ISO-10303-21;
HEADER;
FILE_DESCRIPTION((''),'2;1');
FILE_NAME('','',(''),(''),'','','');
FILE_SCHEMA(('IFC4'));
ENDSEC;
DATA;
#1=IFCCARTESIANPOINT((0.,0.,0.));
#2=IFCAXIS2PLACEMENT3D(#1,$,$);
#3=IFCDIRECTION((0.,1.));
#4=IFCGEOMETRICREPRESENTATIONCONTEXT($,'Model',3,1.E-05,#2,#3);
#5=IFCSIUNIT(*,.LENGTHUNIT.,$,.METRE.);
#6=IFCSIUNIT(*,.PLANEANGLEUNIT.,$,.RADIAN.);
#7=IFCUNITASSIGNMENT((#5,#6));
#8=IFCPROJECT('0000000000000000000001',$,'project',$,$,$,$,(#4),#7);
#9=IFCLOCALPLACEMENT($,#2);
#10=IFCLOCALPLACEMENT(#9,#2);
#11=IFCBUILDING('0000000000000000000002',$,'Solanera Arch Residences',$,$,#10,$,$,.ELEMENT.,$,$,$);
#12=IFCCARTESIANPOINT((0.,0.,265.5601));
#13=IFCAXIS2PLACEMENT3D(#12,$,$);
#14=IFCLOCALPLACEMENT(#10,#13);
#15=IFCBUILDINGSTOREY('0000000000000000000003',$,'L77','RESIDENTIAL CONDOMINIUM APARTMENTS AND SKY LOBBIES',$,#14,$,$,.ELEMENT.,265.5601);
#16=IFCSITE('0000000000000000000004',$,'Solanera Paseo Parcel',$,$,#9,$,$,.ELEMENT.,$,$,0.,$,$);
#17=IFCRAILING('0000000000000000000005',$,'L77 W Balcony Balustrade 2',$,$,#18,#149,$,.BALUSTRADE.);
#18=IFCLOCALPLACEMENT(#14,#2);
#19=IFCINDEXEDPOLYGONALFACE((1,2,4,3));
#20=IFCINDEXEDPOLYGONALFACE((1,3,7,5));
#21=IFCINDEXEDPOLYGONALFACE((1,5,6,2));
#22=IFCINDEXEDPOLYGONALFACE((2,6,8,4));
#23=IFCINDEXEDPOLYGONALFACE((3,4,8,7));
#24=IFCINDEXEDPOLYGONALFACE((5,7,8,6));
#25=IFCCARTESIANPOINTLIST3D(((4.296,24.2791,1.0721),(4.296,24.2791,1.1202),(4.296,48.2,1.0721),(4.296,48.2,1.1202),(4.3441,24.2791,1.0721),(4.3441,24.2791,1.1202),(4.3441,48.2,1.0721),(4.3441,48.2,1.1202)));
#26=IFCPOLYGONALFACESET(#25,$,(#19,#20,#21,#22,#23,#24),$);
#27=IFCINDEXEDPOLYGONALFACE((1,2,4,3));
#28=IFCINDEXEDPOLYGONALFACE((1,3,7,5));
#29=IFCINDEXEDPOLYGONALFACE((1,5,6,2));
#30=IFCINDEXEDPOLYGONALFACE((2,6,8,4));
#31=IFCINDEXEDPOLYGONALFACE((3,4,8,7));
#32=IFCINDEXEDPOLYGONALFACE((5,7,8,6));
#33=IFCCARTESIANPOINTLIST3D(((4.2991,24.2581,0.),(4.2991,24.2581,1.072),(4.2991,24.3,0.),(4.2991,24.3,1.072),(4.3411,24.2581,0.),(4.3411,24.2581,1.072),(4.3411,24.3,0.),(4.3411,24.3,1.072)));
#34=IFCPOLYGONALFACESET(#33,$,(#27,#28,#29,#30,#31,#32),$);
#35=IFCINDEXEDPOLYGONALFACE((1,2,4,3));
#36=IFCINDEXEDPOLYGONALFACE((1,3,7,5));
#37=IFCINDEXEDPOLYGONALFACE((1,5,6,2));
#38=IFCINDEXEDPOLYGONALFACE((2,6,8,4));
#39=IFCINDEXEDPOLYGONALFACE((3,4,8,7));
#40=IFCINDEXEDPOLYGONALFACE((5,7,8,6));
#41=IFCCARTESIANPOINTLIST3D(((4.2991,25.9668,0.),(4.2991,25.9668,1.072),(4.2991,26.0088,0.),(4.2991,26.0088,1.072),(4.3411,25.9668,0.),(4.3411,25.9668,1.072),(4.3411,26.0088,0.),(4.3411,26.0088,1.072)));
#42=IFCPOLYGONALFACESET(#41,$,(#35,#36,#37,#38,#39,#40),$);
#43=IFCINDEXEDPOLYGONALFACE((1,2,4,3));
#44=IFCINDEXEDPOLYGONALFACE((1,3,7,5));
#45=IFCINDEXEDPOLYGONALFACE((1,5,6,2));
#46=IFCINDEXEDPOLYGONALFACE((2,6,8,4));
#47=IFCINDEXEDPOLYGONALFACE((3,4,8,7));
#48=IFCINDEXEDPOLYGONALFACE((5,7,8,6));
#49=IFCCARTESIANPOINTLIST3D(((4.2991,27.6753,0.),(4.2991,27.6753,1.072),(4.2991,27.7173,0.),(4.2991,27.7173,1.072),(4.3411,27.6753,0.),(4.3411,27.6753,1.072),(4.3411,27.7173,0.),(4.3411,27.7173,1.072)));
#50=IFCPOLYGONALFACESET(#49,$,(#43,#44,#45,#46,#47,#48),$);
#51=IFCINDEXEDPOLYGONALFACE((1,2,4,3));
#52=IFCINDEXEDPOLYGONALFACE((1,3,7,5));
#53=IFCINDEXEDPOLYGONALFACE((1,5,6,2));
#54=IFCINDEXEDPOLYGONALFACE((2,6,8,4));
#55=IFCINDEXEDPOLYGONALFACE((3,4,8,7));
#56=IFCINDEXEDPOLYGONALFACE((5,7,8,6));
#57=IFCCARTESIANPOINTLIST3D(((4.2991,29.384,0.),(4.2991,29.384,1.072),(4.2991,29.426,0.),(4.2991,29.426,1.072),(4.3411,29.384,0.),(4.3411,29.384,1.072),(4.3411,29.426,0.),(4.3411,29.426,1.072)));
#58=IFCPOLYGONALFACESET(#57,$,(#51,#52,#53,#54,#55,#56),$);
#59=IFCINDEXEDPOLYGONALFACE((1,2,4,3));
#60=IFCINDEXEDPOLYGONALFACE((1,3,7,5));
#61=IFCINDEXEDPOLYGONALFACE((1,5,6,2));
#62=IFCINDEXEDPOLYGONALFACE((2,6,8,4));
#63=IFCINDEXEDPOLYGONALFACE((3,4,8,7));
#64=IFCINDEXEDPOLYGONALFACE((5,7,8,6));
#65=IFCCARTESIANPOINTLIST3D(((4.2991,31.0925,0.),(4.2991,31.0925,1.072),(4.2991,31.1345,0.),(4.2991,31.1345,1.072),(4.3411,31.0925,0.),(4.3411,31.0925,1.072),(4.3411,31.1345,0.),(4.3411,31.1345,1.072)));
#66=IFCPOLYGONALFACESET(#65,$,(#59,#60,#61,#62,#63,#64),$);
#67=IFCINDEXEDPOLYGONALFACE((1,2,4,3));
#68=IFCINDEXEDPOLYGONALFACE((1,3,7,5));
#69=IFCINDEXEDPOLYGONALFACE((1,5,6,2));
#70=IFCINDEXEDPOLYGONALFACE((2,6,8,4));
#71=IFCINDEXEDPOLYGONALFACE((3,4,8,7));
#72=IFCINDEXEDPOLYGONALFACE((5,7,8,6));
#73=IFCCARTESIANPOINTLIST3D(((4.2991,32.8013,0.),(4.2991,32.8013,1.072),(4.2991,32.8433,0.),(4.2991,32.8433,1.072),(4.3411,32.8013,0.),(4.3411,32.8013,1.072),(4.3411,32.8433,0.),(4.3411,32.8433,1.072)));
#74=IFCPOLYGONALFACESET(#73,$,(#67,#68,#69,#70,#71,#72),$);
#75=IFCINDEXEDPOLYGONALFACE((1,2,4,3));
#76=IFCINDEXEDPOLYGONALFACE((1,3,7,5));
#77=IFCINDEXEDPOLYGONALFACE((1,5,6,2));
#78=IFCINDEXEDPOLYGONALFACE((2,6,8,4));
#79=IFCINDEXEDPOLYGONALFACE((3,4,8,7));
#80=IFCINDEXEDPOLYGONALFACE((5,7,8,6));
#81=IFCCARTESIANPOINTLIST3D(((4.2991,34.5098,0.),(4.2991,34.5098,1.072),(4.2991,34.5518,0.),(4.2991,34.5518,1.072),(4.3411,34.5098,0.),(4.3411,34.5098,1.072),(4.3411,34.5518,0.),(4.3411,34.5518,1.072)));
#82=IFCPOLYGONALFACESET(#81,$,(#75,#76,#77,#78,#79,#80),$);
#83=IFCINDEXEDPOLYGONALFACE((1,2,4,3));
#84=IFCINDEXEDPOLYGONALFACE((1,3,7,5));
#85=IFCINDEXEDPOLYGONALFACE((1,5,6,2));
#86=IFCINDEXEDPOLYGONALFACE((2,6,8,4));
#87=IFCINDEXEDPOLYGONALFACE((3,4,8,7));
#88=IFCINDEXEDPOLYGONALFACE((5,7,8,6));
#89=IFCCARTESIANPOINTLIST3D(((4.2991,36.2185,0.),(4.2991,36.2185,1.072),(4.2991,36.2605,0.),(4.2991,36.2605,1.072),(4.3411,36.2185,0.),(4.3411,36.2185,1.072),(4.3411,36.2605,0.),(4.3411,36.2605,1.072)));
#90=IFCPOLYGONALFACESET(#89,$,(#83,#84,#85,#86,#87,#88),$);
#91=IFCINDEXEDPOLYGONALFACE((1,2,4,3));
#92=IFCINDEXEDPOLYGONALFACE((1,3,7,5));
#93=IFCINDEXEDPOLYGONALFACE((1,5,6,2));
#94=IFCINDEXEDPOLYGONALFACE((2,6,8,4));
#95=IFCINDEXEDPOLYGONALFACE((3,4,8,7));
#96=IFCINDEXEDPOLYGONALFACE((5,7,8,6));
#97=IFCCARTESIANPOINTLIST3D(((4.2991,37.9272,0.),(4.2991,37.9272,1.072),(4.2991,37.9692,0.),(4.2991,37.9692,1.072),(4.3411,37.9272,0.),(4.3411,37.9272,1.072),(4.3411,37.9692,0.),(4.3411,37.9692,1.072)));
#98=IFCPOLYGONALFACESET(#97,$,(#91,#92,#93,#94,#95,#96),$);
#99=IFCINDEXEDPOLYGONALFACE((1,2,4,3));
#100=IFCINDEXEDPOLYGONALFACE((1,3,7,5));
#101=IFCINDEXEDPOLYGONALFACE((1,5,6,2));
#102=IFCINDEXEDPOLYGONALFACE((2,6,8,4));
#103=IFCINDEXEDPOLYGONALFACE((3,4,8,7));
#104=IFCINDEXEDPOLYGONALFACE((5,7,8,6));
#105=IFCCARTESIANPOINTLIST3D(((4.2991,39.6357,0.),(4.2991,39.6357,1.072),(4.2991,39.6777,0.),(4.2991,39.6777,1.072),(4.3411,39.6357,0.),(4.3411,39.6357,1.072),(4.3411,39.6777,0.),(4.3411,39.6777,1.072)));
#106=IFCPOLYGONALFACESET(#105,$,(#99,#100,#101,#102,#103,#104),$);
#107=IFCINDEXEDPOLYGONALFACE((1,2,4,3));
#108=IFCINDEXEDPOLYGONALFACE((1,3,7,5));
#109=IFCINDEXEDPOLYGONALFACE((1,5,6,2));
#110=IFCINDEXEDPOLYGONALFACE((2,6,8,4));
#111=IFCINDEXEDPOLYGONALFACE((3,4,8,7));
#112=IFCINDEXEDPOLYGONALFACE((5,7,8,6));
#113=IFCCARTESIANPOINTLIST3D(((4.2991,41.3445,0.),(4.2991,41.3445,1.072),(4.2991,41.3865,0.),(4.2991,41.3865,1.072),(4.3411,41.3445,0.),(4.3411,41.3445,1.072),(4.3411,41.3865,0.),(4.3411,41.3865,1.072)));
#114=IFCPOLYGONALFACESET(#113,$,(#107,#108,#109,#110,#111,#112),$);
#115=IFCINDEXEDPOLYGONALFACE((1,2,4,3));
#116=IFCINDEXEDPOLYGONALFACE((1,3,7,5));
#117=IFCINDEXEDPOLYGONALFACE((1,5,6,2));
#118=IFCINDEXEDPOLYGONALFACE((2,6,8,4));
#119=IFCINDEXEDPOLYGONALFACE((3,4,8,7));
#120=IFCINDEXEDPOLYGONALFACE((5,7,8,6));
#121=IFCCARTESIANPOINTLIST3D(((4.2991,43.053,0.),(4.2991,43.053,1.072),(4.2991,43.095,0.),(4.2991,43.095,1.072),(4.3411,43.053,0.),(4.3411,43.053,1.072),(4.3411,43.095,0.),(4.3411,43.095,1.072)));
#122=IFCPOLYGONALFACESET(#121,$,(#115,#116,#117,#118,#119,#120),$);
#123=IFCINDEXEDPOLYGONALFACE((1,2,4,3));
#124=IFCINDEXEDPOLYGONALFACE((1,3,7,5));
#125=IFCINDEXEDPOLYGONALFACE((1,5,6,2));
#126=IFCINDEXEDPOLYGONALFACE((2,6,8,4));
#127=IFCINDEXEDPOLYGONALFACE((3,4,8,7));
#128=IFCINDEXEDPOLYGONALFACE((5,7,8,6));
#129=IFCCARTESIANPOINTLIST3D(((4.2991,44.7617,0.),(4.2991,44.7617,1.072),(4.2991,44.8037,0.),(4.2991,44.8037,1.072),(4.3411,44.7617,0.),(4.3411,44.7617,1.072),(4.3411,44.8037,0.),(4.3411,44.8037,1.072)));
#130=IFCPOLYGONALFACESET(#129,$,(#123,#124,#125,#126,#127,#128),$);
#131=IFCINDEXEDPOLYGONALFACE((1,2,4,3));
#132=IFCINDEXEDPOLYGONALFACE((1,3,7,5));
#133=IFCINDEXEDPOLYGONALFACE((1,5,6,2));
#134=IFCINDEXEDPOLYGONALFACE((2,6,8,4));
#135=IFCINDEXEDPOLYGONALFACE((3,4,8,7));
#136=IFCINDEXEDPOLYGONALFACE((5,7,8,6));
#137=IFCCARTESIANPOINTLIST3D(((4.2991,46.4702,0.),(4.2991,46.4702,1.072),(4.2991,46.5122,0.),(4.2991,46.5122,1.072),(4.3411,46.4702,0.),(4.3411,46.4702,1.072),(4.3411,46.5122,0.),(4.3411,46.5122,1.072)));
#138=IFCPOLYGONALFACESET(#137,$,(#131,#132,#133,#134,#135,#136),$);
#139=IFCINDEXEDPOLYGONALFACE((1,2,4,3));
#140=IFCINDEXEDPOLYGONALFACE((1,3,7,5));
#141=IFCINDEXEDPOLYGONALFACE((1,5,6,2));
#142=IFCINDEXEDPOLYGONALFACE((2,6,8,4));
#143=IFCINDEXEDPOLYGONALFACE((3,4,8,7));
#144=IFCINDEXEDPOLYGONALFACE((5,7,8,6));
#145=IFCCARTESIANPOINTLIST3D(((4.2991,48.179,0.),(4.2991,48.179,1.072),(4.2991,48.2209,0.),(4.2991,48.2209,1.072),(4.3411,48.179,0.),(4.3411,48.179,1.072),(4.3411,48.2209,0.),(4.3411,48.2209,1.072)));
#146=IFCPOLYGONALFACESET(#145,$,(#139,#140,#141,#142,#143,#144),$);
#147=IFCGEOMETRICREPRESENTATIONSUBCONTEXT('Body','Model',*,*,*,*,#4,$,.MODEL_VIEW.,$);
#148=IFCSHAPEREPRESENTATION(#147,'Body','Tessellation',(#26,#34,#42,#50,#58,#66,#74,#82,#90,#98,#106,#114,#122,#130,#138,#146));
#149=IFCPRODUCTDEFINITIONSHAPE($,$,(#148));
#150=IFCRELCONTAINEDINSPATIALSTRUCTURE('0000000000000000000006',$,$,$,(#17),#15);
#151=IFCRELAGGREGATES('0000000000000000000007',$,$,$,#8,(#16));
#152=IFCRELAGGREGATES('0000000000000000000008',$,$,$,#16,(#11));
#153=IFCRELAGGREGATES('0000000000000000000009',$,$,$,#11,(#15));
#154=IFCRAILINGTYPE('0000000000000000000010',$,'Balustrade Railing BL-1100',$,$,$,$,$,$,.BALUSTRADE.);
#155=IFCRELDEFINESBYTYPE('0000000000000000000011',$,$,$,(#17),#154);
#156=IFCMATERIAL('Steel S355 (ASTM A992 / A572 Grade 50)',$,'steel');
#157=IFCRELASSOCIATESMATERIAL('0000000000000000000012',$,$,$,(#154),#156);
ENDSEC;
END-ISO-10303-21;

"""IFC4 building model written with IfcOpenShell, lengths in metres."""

from ifc_helpers import new_model, si_unit, direction, frame, origin, origin_2d, place, context, subcontext, project, spatial, rectangle, extrude, material, type_object, element, save


model = new_model("IFC4")

# Units and contexts
model_context = context("Model", 3, precision=1e-05, world=origin(), true_north=direction((0.0, 1.0)))
body_context = subcontext(model_context, "Body", "Model", "MODEL_VIEW")
ifc_project = project(units=[si_unit("LENGTHUNIT", "METRE"), si_unit("PLANEANGLEUNIT", "RADIAN")], contexts=[model_context])

# Site, building, storey
site_placement = place(None, origin())
site = spatial("IfcSite", under=ifc_project, at=site_placement, Name="Solanera Paseo Parcel", CompositionType="ELEMENT", RefElevation=0.0)
building_placement = place(site_placement, origin())
building = spatial("IfcBuilding", under=site, at=building_placement, Name="Solanera Arch Residences", CompositionType="ELEMENT")
storey_placement = place(building_placement, frame((0.0, 0.0, 265.5601)))
storey = spatial("IfcBuildingStorey", under=building, at=storey_placement, Name="L77", Description="RESIDENTIAL CONDOMINIUM APARTMENTS AND SKY LOBBIES", CompositionType="ELEMENT", Elevation=265.5601)

# Railing
ifc_material_1 = material(Name="Steel S355 (ASTM A992 / A572 Grade 50)", Category="steel")
railing_type = type_object("IfcRailingType", Name="Balustrade Railing BL-1100", PredefinedType="BALUSTRADE", material=ifc_material_1)
railing_placement = place(storey_placement, frame((4.3201, 24.2791, 0.0)))
element("IfcRailing", 1, at=railing_placement, inside=storey, type_object=railing_type, Name="L77 W Balcony Balustrade 2", PredefinedType="BALUSTRADE", context=body_context, shape_type="SweptSolid", body=[
    extrude(rectangle(XDim=0.0481, YDim=0.0481, at=origin_2d()), frame((0.0, 0.0, 1.0962), z_axis=(0.0, 1.0, 0.0), x_axis=(-1.0, 0.0, 0.0)), (0.0, 0.0, 1.0), 23.9209),
    extrude(rectangle(XDim=0.042, YDim=0.042, at=origin_2d()), origin(), (0.0, 0.0, 1.0), 1.072),
    extrude(rectangle(XDim=0.042, YDim=0.042, at=origin_2d()), frame((0.0, 1.7087, 0.0)), (0.0, 0.0, 1.0), 1.072),
    extrude(rectangle(XDim=0.042, YDim=0.042, at=origin_2d()), frame((0.0, 3.4172, 0.0)), (0.0, 0.0, 1.0), 1.072),
    extrude(rectangle(XDim=0.042, YDim=0.042, at=origin_2d()), frame((0.0, 5.126, 0.0)), (0.0, 0.0, 1.0), 1.072),
    extrude(rectangle(XDim=0.042, YDim=0.042, at=origin_2d()), frame((0.0, 6.8345, 0.0)), (0.0, 0.0, 1.0), 1.072),
    extrude(rectangle(XDim=0.042, YDim=0.042, at=origin_2d()), frame((0.0, 8.5432, 0.0)), (0.0, 0.0, 1.0), 1.072),
    extrude(rectangle(XDim=0.042, YDim=0.042, at=origin_2d()), frame((0.0, 10.2517, 0.0)), (0.0, 0.0, 1.0), 1.072),
    extrude(rectangle(XDim=0.042, YDim=0.042, at=origin_2d()), frame((0.0, 11.9604, 0.0)), (0.0, 0.0, 1.0), 1.072),
    extrude(rectangle(XDim=0.042, YDim=0.042, at=origin_2d()), frame((0.0, 13.6692, 0.0)), (0.0, 0.0, 1.0), 1.072),
    extrude(rectangle(XDim=0.042, YDim=0.042, at=origin_2d()), frame((0.0, 15.3777, 0.0)), (0.0, 0.0, 1.0), 1.072),
    extrude(rectangle(XDim=0.042, YDim=0.042, at=origin_2d()), frame((0.0, 17.0864, 0.0)), (0.0, 0.0, 1.0), 1.072),
    extrude(rectangle(XDim=0.042, YDim=0.042, at=origin_2d()), frame((0.0, 18.7949, 0.0)), (0.0, 0.0, 1.0), 1.072),
    extrude(rectangle(XDim=0.042, YDim=0.042, at=origin_2d()), frame((0.0, 20.5037, 0.0)), (0.0, 0.0, 1.0), 1.072),
    extrude(rectangle(XDim=0.042, YDim=0.042, at=origin_2d()), frame((0.0, 22.2122, 0.0)), (0.0, 0.0, 1.0), 1.072),
    extrude(rectangle(XDim=0.042, YDim=0.042, at=origin_2d()), frame((0.0, 23.9209, 0.0)), (0.0, 0.0, 1.0), 1.072),
])

save(model, "model.ifc")
